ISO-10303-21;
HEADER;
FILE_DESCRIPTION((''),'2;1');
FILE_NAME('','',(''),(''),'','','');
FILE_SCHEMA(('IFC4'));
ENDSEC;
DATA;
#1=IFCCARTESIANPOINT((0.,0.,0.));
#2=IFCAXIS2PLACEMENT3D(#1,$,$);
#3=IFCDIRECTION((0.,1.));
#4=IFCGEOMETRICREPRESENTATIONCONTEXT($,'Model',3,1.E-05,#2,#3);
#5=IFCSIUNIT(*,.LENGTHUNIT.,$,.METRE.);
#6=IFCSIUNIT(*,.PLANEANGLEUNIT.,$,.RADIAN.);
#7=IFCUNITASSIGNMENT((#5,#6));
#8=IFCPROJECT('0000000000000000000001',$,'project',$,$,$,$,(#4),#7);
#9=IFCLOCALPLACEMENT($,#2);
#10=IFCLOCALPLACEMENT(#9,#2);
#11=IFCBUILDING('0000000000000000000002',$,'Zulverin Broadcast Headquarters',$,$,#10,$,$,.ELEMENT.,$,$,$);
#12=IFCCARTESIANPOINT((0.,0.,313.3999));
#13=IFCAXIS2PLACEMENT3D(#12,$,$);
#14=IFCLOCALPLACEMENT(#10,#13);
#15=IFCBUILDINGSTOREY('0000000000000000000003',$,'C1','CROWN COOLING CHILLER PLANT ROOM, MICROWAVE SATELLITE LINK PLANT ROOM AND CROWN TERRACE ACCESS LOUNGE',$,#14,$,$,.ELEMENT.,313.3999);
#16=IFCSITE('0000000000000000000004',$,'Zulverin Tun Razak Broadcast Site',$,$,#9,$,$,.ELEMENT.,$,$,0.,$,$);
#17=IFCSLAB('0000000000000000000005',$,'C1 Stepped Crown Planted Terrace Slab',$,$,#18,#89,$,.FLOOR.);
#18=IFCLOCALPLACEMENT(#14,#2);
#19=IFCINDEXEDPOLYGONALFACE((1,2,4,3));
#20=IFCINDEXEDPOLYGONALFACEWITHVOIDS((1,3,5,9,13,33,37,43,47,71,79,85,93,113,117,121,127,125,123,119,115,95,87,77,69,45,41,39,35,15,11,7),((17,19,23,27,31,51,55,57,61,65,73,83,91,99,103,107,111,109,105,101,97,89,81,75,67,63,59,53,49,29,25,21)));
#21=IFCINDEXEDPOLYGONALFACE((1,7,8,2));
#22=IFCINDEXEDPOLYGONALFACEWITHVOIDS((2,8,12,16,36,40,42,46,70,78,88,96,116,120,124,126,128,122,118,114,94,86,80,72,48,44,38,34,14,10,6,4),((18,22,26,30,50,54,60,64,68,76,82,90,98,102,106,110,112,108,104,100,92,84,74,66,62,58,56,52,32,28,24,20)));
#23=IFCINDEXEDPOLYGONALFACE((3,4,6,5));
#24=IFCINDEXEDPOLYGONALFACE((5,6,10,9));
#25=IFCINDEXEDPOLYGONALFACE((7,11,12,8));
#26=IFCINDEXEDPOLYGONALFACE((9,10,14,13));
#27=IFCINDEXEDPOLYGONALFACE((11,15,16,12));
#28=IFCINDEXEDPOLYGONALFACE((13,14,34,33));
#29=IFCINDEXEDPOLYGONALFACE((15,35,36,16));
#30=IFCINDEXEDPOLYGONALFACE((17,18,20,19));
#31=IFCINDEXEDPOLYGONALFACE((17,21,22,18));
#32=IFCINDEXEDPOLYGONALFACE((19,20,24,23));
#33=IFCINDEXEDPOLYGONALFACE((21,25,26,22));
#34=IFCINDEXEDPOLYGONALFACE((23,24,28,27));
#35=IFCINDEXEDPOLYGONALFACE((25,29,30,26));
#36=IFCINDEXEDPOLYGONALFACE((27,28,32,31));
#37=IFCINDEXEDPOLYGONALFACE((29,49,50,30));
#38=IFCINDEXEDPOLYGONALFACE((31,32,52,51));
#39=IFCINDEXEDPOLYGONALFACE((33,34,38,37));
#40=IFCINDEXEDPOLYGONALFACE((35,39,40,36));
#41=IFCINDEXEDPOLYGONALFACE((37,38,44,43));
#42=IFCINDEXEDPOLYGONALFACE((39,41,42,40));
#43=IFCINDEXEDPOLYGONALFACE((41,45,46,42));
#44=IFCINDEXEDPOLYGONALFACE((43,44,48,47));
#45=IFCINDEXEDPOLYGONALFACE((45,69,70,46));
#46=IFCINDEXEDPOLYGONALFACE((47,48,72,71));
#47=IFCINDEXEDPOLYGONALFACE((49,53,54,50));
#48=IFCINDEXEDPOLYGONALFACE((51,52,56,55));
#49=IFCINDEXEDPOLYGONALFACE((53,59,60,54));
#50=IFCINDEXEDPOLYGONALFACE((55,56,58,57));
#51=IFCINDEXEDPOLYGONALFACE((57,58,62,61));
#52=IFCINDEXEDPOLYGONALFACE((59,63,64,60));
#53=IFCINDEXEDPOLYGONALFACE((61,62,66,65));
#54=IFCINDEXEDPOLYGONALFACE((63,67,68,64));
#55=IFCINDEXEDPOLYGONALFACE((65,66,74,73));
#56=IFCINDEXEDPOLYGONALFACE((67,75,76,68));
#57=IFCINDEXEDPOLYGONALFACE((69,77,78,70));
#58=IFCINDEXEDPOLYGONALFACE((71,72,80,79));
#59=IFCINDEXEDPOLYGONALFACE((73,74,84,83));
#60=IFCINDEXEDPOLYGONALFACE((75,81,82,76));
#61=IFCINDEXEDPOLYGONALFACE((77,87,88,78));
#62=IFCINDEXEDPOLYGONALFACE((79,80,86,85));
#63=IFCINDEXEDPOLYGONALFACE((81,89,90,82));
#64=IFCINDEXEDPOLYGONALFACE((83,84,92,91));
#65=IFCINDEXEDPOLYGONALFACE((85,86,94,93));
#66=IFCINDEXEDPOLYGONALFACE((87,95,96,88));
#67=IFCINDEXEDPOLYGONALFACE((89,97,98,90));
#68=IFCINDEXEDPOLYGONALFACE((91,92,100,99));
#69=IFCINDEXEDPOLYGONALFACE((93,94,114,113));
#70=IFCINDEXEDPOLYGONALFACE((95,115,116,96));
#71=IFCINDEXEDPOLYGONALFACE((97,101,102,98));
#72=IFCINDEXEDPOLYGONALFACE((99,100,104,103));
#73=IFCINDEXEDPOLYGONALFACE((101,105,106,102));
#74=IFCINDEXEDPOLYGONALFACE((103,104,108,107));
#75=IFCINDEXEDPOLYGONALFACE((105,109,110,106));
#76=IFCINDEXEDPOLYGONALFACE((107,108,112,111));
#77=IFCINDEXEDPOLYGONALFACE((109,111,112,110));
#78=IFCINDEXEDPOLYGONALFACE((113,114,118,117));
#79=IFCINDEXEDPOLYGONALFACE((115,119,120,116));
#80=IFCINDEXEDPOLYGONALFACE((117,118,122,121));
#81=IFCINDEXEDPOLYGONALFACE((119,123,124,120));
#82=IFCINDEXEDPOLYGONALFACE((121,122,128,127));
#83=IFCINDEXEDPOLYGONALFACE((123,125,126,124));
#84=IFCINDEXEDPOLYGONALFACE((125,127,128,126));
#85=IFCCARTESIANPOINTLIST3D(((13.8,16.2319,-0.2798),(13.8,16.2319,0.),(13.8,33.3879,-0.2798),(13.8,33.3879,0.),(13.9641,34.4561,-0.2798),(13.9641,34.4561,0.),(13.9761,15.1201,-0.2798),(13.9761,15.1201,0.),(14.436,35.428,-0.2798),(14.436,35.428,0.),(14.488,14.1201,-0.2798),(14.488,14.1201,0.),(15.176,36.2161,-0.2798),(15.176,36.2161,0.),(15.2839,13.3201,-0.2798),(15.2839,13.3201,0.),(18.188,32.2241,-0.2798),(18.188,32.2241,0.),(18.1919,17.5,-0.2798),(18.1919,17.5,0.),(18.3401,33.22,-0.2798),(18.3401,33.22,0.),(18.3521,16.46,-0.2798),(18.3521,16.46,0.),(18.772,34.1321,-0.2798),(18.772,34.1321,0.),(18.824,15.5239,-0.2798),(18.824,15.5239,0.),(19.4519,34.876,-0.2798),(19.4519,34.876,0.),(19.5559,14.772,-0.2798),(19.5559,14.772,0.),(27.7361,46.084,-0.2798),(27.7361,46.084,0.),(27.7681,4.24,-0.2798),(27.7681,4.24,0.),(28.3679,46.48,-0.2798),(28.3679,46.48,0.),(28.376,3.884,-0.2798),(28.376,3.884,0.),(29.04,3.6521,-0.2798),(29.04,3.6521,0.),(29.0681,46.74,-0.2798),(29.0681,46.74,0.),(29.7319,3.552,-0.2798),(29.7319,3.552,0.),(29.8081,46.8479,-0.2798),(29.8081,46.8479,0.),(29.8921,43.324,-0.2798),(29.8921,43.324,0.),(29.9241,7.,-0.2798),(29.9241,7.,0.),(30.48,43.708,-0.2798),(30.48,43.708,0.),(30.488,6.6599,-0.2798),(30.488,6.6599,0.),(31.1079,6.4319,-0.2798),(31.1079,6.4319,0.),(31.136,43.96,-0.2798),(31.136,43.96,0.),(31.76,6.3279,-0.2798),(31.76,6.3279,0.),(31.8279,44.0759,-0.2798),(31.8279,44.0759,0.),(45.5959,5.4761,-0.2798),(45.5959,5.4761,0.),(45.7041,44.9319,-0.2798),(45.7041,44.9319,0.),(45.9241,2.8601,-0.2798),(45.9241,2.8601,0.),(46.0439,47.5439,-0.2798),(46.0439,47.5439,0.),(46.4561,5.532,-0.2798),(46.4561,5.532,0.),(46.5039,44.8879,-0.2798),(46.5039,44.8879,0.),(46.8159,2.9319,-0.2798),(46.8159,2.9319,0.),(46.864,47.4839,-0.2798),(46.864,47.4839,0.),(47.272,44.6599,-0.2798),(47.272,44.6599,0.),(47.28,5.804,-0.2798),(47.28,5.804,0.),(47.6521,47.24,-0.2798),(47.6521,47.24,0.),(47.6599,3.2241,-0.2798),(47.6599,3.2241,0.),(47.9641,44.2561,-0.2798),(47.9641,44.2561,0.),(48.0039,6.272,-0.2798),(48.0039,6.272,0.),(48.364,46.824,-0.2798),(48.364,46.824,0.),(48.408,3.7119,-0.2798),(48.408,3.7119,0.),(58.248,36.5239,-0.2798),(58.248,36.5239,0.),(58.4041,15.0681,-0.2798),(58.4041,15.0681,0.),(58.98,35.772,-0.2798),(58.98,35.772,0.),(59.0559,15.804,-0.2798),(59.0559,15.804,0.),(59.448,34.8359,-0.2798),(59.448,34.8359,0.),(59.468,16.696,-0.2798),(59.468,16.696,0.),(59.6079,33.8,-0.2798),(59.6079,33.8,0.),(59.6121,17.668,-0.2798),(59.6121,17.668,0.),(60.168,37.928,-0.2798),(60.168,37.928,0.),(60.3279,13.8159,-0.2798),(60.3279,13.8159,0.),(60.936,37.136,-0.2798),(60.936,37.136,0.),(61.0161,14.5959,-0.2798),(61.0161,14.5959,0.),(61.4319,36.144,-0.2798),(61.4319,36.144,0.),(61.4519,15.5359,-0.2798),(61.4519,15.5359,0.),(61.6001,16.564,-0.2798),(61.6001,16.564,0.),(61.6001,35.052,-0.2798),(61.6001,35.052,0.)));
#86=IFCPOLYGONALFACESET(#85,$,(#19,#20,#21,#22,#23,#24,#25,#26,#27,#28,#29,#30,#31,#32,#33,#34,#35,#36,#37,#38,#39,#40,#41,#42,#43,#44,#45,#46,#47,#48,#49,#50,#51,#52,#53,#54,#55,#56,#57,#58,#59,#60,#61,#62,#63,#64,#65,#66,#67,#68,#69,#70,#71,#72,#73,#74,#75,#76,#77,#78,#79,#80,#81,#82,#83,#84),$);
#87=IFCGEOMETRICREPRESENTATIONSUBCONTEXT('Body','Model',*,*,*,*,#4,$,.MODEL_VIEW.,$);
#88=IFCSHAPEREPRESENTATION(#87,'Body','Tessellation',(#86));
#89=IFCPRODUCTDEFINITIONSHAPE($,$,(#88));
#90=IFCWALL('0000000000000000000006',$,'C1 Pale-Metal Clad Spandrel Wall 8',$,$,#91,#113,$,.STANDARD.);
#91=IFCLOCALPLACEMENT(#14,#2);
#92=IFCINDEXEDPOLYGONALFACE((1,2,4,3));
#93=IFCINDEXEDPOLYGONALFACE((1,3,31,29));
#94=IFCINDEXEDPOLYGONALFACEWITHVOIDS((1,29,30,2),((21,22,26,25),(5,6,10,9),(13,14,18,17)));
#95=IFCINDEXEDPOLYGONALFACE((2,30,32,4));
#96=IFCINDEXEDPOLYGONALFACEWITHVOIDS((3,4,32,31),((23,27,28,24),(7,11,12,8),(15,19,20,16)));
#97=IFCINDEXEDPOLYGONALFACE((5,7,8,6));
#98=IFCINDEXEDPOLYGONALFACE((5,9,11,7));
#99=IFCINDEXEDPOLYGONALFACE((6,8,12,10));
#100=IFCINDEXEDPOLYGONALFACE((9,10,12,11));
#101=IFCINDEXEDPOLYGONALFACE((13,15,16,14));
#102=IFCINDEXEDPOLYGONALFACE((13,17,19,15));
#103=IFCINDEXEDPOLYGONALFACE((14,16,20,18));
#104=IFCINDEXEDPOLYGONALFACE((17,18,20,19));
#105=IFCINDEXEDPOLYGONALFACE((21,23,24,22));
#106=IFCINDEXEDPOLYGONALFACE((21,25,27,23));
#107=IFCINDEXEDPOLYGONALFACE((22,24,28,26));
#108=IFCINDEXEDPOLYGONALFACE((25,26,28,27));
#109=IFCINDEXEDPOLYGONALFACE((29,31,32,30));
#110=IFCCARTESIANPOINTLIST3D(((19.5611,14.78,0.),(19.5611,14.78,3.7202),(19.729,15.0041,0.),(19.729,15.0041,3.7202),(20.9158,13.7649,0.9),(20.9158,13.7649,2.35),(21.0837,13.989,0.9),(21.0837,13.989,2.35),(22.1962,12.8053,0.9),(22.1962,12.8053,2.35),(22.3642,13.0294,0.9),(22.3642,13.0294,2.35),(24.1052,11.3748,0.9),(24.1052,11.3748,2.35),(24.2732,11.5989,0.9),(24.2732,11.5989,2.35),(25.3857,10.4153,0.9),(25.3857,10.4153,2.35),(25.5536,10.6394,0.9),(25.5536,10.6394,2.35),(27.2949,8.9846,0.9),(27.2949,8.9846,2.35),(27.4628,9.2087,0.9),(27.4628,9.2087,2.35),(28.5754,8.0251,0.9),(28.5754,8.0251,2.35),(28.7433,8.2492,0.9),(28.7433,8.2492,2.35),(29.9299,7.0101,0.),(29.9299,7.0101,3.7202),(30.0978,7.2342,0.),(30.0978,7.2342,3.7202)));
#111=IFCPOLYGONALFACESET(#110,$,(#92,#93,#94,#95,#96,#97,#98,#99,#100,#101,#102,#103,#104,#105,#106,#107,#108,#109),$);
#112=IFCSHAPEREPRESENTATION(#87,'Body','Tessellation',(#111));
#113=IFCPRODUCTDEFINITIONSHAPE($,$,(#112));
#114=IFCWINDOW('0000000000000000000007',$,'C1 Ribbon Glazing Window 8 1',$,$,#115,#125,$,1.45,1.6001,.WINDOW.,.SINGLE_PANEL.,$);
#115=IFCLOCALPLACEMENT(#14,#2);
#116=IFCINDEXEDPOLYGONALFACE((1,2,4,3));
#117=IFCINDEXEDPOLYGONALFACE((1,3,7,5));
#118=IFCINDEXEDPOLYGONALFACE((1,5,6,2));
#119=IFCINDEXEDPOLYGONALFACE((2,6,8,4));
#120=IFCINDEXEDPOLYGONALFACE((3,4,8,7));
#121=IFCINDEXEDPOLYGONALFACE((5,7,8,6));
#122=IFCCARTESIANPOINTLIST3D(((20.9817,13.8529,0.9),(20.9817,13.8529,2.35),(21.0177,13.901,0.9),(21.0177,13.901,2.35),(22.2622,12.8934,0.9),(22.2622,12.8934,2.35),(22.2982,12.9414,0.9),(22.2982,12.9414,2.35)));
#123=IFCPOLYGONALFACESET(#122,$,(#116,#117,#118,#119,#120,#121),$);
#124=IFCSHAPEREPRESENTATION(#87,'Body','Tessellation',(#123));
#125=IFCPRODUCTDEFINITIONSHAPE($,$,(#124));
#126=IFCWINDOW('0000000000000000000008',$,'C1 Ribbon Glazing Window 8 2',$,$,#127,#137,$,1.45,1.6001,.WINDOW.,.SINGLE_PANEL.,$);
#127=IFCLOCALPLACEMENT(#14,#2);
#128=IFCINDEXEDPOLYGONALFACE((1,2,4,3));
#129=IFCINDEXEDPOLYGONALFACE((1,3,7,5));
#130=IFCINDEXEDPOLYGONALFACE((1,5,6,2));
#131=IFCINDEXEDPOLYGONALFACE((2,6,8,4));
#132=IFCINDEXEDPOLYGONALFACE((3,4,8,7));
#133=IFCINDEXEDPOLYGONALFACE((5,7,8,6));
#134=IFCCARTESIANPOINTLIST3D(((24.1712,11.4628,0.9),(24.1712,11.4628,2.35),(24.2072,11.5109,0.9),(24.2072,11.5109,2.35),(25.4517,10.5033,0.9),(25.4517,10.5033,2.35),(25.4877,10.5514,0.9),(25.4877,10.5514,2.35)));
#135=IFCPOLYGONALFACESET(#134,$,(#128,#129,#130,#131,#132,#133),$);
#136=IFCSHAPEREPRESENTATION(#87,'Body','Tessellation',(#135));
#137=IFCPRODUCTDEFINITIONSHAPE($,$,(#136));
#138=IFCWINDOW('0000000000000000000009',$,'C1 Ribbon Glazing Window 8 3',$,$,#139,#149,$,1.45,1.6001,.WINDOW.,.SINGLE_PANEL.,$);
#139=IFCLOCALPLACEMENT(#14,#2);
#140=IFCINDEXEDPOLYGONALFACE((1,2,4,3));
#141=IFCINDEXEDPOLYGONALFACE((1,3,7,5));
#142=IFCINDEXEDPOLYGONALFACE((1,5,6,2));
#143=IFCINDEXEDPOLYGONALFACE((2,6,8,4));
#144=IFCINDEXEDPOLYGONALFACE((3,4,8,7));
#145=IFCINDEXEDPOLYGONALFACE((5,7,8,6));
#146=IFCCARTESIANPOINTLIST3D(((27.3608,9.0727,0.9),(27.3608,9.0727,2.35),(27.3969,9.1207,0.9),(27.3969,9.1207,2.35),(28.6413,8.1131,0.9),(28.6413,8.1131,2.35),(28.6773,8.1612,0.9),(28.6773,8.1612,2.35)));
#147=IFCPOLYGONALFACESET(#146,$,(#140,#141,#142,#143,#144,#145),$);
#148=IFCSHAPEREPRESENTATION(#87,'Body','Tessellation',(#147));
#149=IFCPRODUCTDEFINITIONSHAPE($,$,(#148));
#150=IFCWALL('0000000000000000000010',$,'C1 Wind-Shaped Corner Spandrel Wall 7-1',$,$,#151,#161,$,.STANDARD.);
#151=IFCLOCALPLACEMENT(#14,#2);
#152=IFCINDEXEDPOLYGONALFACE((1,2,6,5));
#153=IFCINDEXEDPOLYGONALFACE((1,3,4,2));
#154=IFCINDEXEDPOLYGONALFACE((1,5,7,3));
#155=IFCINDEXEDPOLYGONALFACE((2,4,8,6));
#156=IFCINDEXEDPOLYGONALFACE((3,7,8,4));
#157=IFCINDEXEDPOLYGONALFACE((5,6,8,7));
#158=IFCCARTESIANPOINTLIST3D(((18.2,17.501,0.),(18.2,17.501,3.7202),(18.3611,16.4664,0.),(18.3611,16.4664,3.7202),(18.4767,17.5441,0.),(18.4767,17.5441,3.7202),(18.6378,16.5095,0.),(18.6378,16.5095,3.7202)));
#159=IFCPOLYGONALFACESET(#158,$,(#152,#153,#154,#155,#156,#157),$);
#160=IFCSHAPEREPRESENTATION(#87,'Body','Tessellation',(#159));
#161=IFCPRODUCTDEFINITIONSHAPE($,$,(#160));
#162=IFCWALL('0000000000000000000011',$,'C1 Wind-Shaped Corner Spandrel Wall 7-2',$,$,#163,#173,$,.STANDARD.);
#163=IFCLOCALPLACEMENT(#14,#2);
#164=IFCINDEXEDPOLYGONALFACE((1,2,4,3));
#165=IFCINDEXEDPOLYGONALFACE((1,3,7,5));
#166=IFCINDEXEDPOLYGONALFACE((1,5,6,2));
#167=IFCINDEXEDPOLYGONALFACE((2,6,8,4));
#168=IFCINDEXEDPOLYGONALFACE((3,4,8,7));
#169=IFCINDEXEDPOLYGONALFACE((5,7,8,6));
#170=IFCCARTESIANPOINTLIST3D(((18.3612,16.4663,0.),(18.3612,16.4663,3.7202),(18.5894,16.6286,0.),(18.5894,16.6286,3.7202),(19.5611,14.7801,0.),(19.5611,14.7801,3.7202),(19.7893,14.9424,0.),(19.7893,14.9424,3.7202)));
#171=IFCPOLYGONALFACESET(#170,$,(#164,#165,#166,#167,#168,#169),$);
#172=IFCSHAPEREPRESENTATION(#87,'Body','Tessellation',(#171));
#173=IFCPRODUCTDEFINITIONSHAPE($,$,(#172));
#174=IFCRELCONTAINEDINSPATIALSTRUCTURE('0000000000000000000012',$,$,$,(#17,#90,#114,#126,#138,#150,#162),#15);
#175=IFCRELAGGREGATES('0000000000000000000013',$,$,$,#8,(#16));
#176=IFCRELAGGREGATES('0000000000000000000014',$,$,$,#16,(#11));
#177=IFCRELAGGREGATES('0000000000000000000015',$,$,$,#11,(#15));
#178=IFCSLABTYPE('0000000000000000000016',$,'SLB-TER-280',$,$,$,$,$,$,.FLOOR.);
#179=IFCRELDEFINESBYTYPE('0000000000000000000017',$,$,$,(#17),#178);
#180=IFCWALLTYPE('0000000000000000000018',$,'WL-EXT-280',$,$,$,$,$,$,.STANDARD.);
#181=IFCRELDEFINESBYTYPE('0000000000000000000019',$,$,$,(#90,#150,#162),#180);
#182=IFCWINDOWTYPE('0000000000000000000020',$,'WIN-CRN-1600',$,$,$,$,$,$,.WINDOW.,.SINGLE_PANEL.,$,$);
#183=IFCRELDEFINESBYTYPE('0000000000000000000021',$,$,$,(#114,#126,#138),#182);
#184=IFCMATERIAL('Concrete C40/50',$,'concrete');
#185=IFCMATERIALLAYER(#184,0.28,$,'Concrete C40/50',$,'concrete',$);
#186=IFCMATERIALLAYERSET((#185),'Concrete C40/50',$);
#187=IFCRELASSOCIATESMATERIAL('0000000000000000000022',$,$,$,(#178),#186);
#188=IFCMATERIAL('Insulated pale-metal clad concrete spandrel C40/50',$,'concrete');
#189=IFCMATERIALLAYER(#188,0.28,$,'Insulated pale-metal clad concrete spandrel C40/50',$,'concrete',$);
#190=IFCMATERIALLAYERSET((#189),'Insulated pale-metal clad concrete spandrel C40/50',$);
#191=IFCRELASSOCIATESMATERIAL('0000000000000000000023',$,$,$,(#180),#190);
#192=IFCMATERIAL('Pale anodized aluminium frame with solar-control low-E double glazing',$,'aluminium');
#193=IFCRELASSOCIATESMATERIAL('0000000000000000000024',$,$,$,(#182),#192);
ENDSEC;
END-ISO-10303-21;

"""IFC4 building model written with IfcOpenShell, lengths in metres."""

from ifc_helpers import new_model, si_unit, direction, frame, frame_2d, origin, place, context, subcontext, project, spatial, polyline, rectangle, outline, extrude, material, layer, layer_set, type_object, element, fill, save


model = new_model("IFC4")

# Units and contexts
model_context = context("Model", 3, precision=1e-05, world=origin(), true_north=direction((0.0, 1.0)))
body_context = subcontext(model_context, "Body", "Model", "MODEL_VIEW")
ifc_project = project(units=[si_unit("LENGTHUNIT", "METRE"), si_unit("PLANEANGLEUNIT", "RADIAN")], contexts=[model_context])

# Site, building, storey
site_placement = place(None, origin())
site = spatial("IfcSite", under=ifc_project, at=site_placement, Name="Zulverin Tun Razak Broadcast Site", CompositionType="ELEMENT", RefElevation=0.0)
building_placement = place(site_placement, origin())
building = spatial("IfcBuilding", under=site, at=building_placement, Name="Zulverin Broadcast Headquarters", CompositionType="ELEMENT")
storey_placement = place(building_placement, frame((0.0, 0.0, 313.3999)))
storey = spatial("IfcBuildingStorey", under=building, at=storey_placement, Name="C1", Description="CROWN COOLING CHILLER PLANT ROOM, MICROWAVE SATELLITE LINK PLANT ROOM AND CROWN TERRACE ACCESS LOUNGE", CompositionType="ELEMENT", Elevation=313.3999)

# Shared definitions
ifc_material_1 = material(Name="Concrete C40/50", Category="concrete")

# Slab
ifc_layer_1 = layer(ifc_material_1, 0.28, Name="Concrete C40/50", Category="concrete")
ifc_layer_set_1 = layer_set([ifc_layer_1], Name="Concrete C40/50")
slab_type_1 = type_object("IfcSlabType", Name="SLB-TER-280", PredefinedType="FLOOR", material=ifc_layer_set_1)
slab_1_placement = place(storey_placement, frame((0.0, 0.0, -0.2798)))
element("IfcSlab", 1, at=slab_1_placement, inside=storey, type_object=slab_type_1, Name="C1 Stepped Crown Planted Terrace Slab", PredefinedType="FLOOR", context=body_context, shape_type="SweptSolid", body=[
    extrude(outline(polyline([(14.488, 14.1201), (15.2839, 13.3201), (27.7681, 4.24), (28.376, 3.884), (29.04, 3.6521), (29.7319, 3.552), (45.9241, 2.8601), (46.8159, 2.9319), (47.6599, 3.2241), (48.408, 3.7119), (60.3279, 13.8159), (61.0161, 14.5959), (61.4519, 15.5359), (61.6001, 16.564), (61.6001, 35.052), (61.4319, 36.144), (60.936, 37.136), (60.168, 37.928), (48.364, 46.824), (47.6521, 47.24), (46.864, 47.4839), (46.0439, 47.5439), (29.8081, 46.8479), (29.0681, 46.74), (28.3679, 46.48), (27.7361, 46.084), (15.176, 36.2161), (14.436, 35.428), (13.9641, 34.4561), (13.8, 33.3879), (13.8, 16.2319), (13.9761, 15.1201), (14.488, 14.1201)]), holes=[polyline([(30.488, 6.6599), (29.9241, 7.0), (19.5559, 14.772), (18.824, 15.5239), (18.3521, 16.46), (18.1919, 17.5), (18.188, 32.2241), (18.3401, 33.22), (18.772, 34.1321), (19.4519, 34.876), (29.8921, 43.324), (30.48, 43.708), (31.136, 43.96), (31.8279, 44.0759), (45.7041, 44.9319), (46.5039, 44.8879), (47.272, 44.6599), (47.9641, 44.2561), (58.248, 36.5239), (58.98, 35.772), (59.448, 34.8359), (59.6079, 33.8), (59.6121, 17.668), (59.468, 16.696), (59.0559, 15.804), (58.4041, 15.0681), (48.0039, 6.272), (47.28, 5.804), (46.4561, 5.532), (45.5959, 5.4761), (31.76, 6.3279), (31.1079, 6.4319), (30.488, 6.6599)])]), origin(), (0.0, 0.0, 1.0), 0.2798),
])

# Wall, openings, windows
ifc_material_2 = material(Name="Insulated pale-metal clad concrete spandrel C40/50", Category="concrete")
ifc_layer_2 = layer(ifc_material_2, 0.28, Name="Insulated pale-metal clad concrete spandrel C40/50", Category="concrete")
ifc_layer_set_2 = layer_set([ifc_layer_2], Name="Insulated pale-metal clad concrete spandrel C40/50")
wall_type_1 = type_object("IfcWallType", Name="WL-EXT-280", PredefinedType="STANDARD", material=ifc_layer_set_2)
wall_1_placement = place(storey_placement, frame((19.645, 14.8921, 0.0), z_axis=(0.0, 0.0, 1.0), x_axis=(0.800246, -0.599671, 0.0)))
wall_1 = element("IfcWall", 2, at=wall_1_placement, inside=storey, type_object=wall_type_1, Name="C1 Pale-Metal Clad Spandrel Wall 8", PredefinedType="STANDARD", context=body_context, shape_type="SweptSolid", body=[
    extrude(rectangle(XDim=12.957, YDim=0.28, at=frame_2d((6.4785, 0.0))), origin(), (0.0, 0.0, 1.0), 3.7202),
])
opening_1_placement = place(wall_1_placement, frame((1.6929, 0.0, 0.8999)))
opening_1 = element("IfcOpeningElement", 3, at=opening_1_placement, cuts=wall_1, PredefinedType="OPENING", context=body_context, shape_type="SweptSolid", body=[
    extrude(rectangle(XDim=1.6001, YDim=1.45, at=frame_2d((0.8, 0.7251))), frame((0.0, 0.1499, 0.0), z_axis=(0.0, -1.0, 0.0), x_axis=(1.0, 0.0, 0.0)), (0.0, 0.0, 1.0), 0.3),
])
opening_2_placement = place(wall_1_placement, frame((5.6785, 0.0, 0.8999)))
opening_2 = element("IfcOpeningElement", 4, at=opening_2_placement, cuts=wall_1, PredefinedType="OPENING", context=body_context, shape_type="SweptSolid", body=[
    extrude(rectangle(XDim=1.6001, YDim=1.45, at=frame_2d((0.8, 0.7251))), frame((0.0, 0.1499, 0.0), z_axis=(0.0, -1.0, 0.0), x_axis=(1.0, 0.0, 0.0)), (0.0, 0.0, 1.0), 0.3),
])
opening_3_placement = place(wall_1_placement, frame((9.6643, 0.0, 0.8999)))
opening_3 = element("IfcOpeningElement", 5, at=opening_3_placement, cuts=wall_1, PredefinedType="OPENING", context=body_context, shape_type="SweptSolid", body=[
    extrude(rectangle(XDim=1.6001, YDim=1.45, at=frame_2d((0.8, 0.7251))), frame((0.0, 0.1499, 0.0), z_axis=(0.0, -1.0, 0.0), x_axis=(1.0, 0.0, 0.0)), (0.0, 0.0, 1.0), 0.3),
])
ifc_material_3 = material(Name="Pale anodized aluminium frame with solar-control low-E double glazing", Category="aluminium")
window_type = type_object("IfcWindowType", Name="WIN-CRN-1600", PartitioningType="SINGLE_PANEL", PredefinedType="WINDOW", material=ifc_material_3)
window_1_placement = place(opening_1_placement, origin())
window_1 = element("IfcWindow", 6, at=window_1_placement, inside=storey, type_object=window_type, Name="C1 Ribbon Glazing Window 8 1", OverallHeight=1.45, OverallWidth=1.6001, PartitioningType="SINGLE_PANEL", PredefinedType="WINDOW", context=body_context, shape_type="SweptSolid", body=[
    extrude(rectangle(XDim=1.6001, YDim=1.45, at=frame_2d((0.8, 0.7251))), frame((0.0, 0.03, 0.0), z_axis=(0.0, -1.0, 0.0), x_axis=(1.0, 0.0, 0.0)), (0.0, 0.0, 1.0), 0.0601),
])
fill(opening_1, window_1)
window_2_placement = place(opening_2_placement, origin())
window_2 = element("IfcWindow", 7, at=window_2_placement, inside=storey, type_object=window_type, Name="C1 Ribbon Glazing Window 8 2", OverallHeight=1.45, OverallWidth=1.6001, PartitioningType="SINGLE_PANEL", PredefinedType="WINDOW", context=body_context, shape_type="SweptSolid", body=[
    extrude(rectangle(XDim=1.6001, YDim=1.45, at=frame_2d((0.8, 0.7251))), frame((0.0, 0.03, 0.0), z_axis=(0.0, -1.0, 0.0), x_axis=(1.0, 0.0, 0.0)), (0.0, 0.0, 1.0), 0.0601),
])
fill(opening_2, window_2)
window_3_placement = place(opening_3_placement, origin())
window_3 = element("IfcWindow", 8, at=window_3_placement, inside=storey, type_object=window_type, Name="C1 Ribbon Glazing Window 8 3", OverallHeight=1.45, OverallWidth=1.6001, PartitioningType="SINGLE_PANEL", PredefinedType="WINDOW", context=body_context, shape_type="SweptSolid", body=[
    extrude(rectangle(XDim=1.6001, YDim=1.45, at=frame_2d((0.8, 0.7251))), frame((0.0, 0.03, 0.0), z_axis=(0.0, -1.0, 0.0), x_axis=(1.0, 0.0, 0.0)), (0.0, 0.0, 1.0), 0.0601),
])
fill(opening_3, window_3)

# Walls
wall_2_placement = place(storey_placement, frame((18.3384, 17.5225, 0.0), z_axis=(0.0, 0.0, 1.0), x_axis=(0.153879, -0.98809, 0.0)))
element("IfcWall", 9, at=wall_2_placement, inside=storey, type_object=wall_type_1, Name="C1 Wind-Shaped Corner Spandrel Wall 7-1", PredefinedType="STANDARD", context=body_context, shape_type="SweptSolid", body=[
    extrude(rectangle(XDim=1.0471, YDim=0.28, at=frame_2d((0.5234, 0.0))), origin(), (0.0, 0.0, 1.0), 3.7202),
])
wall_3_placement = place(storey_placement, frame((18.4753, 16.5474, 0.0), z_axis=(0.0, 0.0, 1.0), x_axis=(0.579787, -0.814768, 0.0)))
element("IfcWall", 10, at=wall_3_placement, inside=storey, type_object=wall_type_1, Name="C1 Wind-Shaped Corner Spandrel Wall 7-2", PredefinedType="STANDARD", context=body_context, shape_type="SweptSolid", body=[
    extrude(rectangle(XDim=2.0696, YDim=0.28, at=frame_2d((1.0347, 0.0))), origin(), (0.0, 0.0, 1.0), 3.7202),
])

save(model, "model.ifc")
